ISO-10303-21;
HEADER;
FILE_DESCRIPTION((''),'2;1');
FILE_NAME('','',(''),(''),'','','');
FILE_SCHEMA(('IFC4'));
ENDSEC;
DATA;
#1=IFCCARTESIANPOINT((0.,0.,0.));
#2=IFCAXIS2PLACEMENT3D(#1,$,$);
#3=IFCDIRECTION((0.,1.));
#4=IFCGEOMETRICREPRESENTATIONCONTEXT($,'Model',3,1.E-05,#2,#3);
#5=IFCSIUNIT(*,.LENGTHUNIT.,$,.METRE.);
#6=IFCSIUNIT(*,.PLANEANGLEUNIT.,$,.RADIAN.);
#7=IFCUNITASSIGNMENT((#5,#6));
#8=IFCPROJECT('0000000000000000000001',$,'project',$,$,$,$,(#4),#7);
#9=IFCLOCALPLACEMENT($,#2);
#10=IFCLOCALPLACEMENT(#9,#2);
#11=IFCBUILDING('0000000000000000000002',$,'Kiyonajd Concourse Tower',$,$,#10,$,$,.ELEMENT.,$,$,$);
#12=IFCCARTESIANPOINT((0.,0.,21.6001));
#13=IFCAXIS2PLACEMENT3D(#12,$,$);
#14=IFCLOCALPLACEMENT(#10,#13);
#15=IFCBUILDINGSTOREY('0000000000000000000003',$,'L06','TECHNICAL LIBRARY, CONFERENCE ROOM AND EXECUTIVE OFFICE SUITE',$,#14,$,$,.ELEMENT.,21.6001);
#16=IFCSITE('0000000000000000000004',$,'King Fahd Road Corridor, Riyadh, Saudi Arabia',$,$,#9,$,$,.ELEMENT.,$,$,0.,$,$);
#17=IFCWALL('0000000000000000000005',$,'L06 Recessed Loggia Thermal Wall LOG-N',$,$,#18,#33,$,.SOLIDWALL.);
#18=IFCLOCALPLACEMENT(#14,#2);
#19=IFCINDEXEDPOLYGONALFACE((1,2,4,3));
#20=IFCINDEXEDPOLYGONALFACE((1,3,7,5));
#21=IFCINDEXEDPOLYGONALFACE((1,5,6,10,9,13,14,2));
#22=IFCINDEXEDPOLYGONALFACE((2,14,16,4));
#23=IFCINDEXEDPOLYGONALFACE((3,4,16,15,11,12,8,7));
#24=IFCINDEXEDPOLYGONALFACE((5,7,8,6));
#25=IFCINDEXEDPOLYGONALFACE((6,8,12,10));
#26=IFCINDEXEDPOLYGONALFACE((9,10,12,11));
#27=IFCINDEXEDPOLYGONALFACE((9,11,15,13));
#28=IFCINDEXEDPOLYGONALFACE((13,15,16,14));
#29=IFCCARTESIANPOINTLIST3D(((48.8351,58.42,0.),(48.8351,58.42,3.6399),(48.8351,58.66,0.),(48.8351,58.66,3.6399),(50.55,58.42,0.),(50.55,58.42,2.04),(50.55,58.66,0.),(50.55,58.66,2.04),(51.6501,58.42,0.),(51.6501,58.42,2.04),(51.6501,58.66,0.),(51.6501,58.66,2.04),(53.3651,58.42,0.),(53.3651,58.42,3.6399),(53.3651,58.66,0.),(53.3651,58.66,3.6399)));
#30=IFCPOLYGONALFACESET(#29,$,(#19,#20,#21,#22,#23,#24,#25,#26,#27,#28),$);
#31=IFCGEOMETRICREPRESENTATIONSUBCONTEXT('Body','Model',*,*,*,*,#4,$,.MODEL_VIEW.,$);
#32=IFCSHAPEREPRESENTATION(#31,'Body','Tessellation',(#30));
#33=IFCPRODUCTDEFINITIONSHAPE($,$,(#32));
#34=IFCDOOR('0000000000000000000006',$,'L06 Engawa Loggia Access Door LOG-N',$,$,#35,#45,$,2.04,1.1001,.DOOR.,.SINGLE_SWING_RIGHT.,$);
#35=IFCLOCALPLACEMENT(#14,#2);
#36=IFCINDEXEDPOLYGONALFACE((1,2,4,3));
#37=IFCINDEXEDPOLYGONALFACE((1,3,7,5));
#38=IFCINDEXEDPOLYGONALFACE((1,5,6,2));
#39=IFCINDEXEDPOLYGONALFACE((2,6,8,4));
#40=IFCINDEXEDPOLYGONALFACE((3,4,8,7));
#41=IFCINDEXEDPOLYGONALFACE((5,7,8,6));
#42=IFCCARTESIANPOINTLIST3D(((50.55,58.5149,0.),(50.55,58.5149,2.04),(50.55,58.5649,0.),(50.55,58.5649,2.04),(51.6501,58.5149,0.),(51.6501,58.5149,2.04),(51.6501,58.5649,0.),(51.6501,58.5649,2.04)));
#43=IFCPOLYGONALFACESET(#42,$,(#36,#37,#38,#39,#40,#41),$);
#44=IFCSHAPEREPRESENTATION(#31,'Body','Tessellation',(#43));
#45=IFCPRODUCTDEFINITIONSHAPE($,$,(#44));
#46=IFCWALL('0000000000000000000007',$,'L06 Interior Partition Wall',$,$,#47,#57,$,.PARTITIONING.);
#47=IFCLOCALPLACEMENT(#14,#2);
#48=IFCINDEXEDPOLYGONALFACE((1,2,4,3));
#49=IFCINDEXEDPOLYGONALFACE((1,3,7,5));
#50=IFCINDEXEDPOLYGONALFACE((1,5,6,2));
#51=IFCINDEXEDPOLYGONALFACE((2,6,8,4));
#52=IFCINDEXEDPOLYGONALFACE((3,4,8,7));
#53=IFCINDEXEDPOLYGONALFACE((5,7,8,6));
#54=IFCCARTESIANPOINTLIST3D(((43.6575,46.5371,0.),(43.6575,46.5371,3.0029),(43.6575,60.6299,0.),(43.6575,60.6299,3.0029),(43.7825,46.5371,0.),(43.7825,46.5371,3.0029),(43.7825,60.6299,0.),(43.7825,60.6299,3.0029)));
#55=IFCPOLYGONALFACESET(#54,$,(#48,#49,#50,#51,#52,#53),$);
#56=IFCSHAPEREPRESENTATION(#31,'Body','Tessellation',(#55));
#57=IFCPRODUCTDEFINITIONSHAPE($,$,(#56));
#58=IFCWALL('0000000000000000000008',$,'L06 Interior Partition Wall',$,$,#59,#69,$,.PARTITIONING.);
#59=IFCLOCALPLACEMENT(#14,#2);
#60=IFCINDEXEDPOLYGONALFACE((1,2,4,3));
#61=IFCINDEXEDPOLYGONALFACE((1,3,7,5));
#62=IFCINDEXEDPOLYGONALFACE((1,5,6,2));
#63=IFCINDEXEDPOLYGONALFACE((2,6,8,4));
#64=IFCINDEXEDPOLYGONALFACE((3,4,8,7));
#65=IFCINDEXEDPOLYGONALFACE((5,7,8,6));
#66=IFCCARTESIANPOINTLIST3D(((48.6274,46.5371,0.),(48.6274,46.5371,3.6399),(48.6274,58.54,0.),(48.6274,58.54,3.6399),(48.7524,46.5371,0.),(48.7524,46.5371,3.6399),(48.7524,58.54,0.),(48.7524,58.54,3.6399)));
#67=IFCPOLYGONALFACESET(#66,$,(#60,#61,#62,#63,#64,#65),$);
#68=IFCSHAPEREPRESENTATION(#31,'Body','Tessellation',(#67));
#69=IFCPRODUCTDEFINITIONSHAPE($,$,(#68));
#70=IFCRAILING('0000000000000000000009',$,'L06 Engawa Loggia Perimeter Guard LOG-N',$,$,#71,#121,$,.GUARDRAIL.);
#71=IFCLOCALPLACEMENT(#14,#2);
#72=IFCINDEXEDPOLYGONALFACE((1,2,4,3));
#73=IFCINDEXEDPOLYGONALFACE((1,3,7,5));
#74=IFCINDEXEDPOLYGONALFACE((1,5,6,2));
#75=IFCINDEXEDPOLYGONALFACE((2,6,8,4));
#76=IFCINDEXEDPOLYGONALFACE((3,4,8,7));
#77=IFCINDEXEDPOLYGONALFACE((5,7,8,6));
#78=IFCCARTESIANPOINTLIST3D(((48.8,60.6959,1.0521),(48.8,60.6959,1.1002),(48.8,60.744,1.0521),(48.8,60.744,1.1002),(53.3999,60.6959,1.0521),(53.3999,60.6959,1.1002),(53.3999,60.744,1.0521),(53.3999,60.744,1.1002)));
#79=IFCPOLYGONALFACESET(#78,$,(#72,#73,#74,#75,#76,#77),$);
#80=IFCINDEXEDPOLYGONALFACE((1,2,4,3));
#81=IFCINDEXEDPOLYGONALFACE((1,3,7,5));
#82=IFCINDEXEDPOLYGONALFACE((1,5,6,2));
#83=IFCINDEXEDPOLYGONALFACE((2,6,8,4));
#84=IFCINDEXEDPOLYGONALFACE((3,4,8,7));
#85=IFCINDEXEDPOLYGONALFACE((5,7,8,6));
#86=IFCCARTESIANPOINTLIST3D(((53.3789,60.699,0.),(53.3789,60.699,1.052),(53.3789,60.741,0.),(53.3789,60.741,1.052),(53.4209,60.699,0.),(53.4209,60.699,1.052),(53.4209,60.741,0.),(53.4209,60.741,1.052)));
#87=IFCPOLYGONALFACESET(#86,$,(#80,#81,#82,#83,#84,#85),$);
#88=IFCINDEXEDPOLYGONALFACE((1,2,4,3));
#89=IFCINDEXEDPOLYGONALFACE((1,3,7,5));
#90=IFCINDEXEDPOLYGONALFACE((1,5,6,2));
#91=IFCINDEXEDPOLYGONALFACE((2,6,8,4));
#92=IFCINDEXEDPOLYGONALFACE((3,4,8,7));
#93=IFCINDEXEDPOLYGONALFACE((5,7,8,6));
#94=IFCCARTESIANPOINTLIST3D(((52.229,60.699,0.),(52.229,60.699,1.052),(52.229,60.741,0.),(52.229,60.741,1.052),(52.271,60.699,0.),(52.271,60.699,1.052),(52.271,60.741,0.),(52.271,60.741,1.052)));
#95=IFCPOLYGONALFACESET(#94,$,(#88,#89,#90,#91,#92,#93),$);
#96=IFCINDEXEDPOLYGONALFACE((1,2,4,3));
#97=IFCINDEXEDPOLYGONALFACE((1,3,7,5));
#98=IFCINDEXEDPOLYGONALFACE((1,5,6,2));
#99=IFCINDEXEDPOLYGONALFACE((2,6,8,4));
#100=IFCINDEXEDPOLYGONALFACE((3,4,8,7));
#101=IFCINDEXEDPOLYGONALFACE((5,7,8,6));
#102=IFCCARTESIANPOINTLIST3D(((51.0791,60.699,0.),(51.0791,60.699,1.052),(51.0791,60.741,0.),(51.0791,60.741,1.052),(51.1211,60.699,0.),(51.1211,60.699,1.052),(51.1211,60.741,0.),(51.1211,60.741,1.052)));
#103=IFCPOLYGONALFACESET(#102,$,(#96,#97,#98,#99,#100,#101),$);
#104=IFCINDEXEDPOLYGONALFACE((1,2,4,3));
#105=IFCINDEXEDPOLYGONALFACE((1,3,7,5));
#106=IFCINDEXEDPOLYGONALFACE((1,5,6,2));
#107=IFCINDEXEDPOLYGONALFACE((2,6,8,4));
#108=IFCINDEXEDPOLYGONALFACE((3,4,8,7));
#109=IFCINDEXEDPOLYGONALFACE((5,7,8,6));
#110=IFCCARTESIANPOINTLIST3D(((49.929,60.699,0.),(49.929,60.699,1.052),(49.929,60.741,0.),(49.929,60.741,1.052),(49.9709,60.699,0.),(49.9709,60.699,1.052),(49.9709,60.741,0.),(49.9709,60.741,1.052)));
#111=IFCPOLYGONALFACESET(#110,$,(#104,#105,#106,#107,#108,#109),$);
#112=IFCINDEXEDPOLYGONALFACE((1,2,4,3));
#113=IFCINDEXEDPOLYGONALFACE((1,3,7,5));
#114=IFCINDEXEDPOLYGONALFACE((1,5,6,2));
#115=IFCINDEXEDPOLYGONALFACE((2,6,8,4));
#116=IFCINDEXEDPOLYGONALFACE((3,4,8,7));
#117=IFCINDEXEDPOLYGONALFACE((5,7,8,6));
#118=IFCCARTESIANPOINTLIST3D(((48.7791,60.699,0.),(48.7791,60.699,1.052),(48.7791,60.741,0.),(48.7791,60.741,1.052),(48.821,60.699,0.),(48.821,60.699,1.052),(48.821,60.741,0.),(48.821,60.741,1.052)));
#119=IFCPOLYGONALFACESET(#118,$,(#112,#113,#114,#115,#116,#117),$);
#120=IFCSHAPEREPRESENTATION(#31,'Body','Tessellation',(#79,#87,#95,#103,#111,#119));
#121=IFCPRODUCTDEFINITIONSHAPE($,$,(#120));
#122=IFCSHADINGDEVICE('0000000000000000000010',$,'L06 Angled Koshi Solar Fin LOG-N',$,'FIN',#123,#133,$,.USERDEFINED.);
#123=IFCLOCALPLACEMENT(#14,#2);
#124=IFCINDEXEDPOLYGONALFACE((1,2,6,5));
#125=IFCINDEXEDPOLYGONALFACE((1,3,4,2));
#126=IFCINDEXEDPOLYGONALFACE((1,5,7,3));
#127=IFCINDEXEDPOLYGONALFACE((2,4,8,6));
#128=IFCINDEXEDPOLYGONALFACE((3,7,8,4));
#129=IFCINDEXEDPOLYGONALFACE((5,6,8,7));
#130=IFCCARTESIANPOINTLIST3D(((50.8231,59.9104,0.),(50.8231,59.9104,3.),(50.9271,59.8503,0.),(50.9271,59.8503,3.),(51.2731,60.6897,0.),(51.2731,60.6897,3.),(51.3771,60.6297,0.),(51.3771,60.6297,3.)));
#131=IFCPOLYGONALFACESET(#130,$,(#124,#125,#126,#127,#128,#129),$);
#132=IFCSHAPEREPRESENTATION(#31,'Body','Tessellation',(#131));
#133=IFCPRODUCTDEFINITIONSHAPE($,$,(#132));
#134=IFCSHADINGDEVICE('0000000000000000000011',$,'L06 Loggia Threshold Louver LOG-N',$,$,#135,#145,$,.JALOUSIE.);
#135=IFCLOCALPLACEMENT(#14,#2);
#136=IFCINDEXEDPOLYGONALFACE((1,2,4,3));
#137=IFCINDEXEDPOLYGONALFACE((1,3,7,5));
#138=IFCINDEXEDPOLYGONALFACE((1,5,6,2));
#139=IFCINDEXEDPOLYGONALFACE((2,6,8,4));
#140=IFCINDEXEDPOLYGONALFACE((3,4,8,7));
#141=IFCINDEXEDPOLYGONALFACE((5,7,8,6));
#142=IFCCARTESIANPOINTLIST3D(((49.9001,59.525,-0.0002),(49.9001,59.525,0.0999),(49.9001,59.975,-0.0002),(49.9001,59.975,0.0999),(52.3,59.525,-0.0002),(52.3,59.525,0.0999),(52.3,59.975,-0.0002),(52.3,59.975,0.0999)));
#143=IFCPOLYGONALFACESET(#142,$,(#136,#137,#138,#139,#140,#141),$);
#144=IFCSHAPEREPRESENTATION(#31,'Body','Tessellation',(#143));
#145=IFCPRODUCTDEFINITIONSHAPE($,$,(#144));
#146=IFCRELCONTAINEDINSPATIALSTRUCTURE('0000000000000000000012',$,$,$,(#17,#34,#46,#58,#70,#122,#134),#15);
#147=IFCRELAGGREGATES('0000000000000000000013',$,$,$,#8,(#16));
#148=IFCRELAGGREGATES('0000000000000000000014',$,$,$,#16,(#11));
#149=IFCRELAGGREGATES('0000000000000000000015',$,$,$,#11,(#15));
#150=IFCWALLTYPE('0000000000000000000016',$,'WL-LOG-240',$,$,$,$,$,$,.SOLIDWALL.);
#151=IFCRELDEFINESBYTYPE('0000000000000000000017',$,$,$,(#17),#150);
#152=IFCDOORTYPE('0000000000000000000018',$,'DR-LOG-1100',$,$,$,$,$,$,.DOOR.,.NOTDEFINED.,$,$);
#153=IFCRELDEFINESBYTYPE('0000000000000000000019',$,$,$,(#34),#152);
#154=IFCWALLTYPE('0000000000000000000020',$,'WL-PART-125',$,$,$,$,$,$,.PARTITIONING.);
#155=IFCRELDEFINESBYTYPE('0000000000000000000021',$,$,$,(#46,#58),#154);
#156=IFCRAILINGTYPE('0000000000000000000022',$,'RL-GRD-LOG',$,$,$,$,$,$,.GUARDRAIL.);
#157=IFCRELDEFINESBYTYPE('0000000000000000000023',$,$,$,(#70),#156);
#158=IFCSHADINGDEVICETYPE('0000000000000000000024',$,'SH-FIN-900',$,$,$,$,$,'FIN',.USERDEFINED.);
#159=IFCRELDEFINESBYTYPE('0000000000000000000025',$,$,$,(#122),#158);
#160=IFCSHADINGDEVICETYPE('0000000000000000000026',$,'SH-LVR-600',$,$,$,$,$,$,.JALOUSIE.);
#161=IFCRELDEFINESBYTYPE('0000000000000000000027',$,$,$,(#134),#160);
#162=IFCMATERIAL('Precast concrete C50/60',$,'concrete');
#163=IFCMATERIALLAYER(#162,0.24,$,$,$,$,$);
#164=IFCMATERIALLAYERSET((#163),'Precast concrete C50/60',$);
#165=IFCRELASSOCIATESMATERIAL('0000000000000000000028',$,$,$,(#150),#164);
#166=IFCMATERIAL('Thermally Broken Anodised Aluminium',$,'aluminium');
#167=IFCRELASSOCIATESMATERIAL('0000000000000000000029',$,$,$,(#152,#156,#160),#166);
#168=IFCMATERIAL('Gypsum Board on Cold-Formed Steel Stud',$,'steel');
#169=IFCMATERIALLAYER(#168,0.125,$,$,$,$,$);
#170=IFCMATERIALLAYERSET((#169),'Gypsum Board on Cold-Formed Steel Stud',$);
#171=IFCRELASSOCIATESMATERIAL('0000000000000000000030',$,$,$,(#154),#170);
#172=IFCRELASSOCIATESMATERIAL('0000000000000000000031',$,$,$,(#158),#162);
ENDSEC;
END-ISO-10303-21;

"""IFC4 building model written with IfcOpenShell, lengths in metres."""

from ifc_helpers import new_model, si_unit, direction, frame, frame_2d, origin, origin_2d, place, context, subcontext, project, spatial, rectangle, extrude, material, layer, layer_set, type_object, element, fill, save


model = new_model("IFC4")

# Units and contexts
model_context = context("Model", 3, precision=1e-05, world=origin(), true_north=direction((0.0, 1.0)))
body_context = subcontext(model_context, "Body", "Model", "MODEL_VIEW")
ifc_project = project(units=[si_unit("LENGTHUNIT", "METRE"), si_unit("PLANEANGLEUNIT", "RADIAN")], contexts=[model_context])

# Site, building, storey
site_placement = place(None, origin())
site = spatial("IfcSite", under=ifc_project, at=site_placement, Name="King Fahd Road Corridor, Riyadh, Saudi Arabia", CompositionType="ELEMENT", RefElevation=0.0)
building_placement = place(site_placement, origin())
building = spatial("IfcBuilding", under=site, at=building_placement, Name="Kiyonajd Concourse Tower", CompositionType="ELEMENT")
storey_placement = place(building_placement, frame((0.0, 0.0, 21.6001)))
storey = spatial("IfcBuildingStorey", under=building, at=storey_placement, Name="L06", Description="TECHNICAL LIBRARY, CONFERENCE ROOM AND EXECUTIVE OFFICE SUITE", CompositionType="ELEMENT", Elevation=21.6001)

# Shared definitions
ifc_material_1 = material(Name="Precast concrete C50/60", Category="concrete")

# Shared definitions
ifc_material_2 = material(Name="Thermally Broken Anodised Aluminium", Category="aluminium")

# Wall, opening, door
ifc_layer_1 = layer(ifc_material_1, 0.24)
ifc_layer_set_1 = layer_set([ifc_layer_1], Name="Precast concrete C50/60")
wall_type_1 = type_object("IfcWallType", Name="WL-LOG-240", PredefinedType="SOLIDWALL", material=ifc_layer_set_1)
wall_1_placement = place(storey_placement, frame((48.835, 58.54, 0.0), z_axis=(0.0, 0.0, 1.0), x_axis=(1.0, 0.0, 0.0)))
wall_1 = element("IfcWall", 1, at=wall_1_placement, inside=storey, type_object=wall_type_1, Name="L06 Recessed Loggia Thermal Wall LOG-N", PredefinedType="SOLIDWALL", context=body_context, shape_type="SweptSolid", body=[
    extrude(rectangle(XDim=4.53, YDim=0.24, at=frame_2d((2.2651, 0.0))), origin(), (0.0, 0.0, 1.0), 3.6399),
])
opening_1_placement = place(wall_1_placement, frame((1.7151, 0.0, 0.0)))
opening_1 = element("IfcOpeningElement", 2, at=opening_1_placement, cuts=wall_1, PredefinedType="OPENING", context=body_context, shape_type="SweptSolid", body=[
    extrude(rectangle(XDim=1.1001, YDim=2.04, at=frame_2d((0.55, 1.02))), frame((0.0, 0.1299, 0.0), z_axis=(0.0, -1.0, 0.0), x_axis=(1.0, 0.0, 0.0)), (0.0, 0.0, 1.0), 0.26),
])
door_type = type_object("IfcDoorType", Name="DR-LOG-1100", OperationType="NOTDEFINED", PredefinedType="DOOR", material=ifc_material_2)
door_placement = place(opening_1_placement, origin())
door = element("IfcDoor", 3, at=door_placement, inside=storey, type_object=door_type, Name="L06 Engawa Loggia Access Door LOG-N", OperationType="SINGLE_SWING_RIGHT", OverallHeight=2.04, OverallWidth=1.1001, PredefinedType="DOOR", context=body_context, shape_type="SweptSolid", body=[
    extrude(rectangle(XDim=1.1001, YDim=2.04, at=frame_2d((0.55, 1.02))), frame((0.0, 0.0249, 0.0), z_axis=(0.0, -1.0, 0.0), x_axis=(1.0, 0.0, 0.0)), (0.0, 0.0, 1.0), 0.05),
])
fill(opening_1, door)

# Walls
ifc_material_3 = material(Name="Gypsum Board on Cold-Formed Steel Stud", Category="steel")
ifc_layer_2 = layer(ifc_material_3, 0.125)
ifc_layer_set_2 = layer_set([ifc_layer_2], Name="Gypsum Board on Cold-Formed Steel Stud")
wall_type_2 = type_object("IfcWallType", Name="WL-PART-125", PredefinedType="PARTITIONING", material=ifc_layer_set_2)
wall_2_placement = place(storey_placement, frame((43.72, 46.5371, 0.0), z_axis=(0.0, 0.0, 1.0), x_axis=(0.0, 1.0, 0.0)))
element("IfcWall", 4, at=wall_2_placement, inside=storey, type_object=wall_type_2, Name="L06 Interior Partition Wall", PredefinedType="PARTITIONING", context=body_context, shape_type="SweptSolid", body=[
    extrude(rectangle(XDim=14.0928, YDim=0.125, at=frame_2d((7.0464, 0.0))), origin(), (0.0, 0.0, 1.0), 3.0029),
])
wall_3_placement = place(storey_placement, frame((48.6899, 46.5371, 0.0), z_axis=(0.0, 0.0, 1.0), x_axis=(0.0, 1.0, 0.0)))
element("IfcWall", 5, at=wall_3_placement, inside=storey, type_object=wall_type_2, Name="L06 Interior Partition Wall", PredefinedType="PARTITIONING", context=body_context, shape_type="SweptSolid", body=[
    extrude(rectangle(XDim=12.0029, YDim=0.125, at=frame_2d((6.0015, 0.0))), origin(), (0.0, 0.0, 1.0), 3.6399),
])

# Railing
railing_type = type_object("IfcRailingType", Name="RL-GRD-LOG", PredefinedType="GUARDRAIL", material=ifc_material_2)
railing_placement = place(storey_placement, frame((53.3999, 60.72, 0.0)))
element("IfcRailing", 6, at=railing_placement, inside=storey, type_object=railing_type, Name="L06 Engawa Loggia Perimeter Guard LOG-N", PredefinedType="GUARDRAIL", context=body_context, shape_type="SweptSolid", body=[
    extrude(rectangle(XDim=0.0481, YDim=0.0481, at=origin_2d()), frame((0.0, 0.0, 1.0762), z_axis=(-1.0, 0.0, 0.0), x_axis=(0.0, -1.0, 0.0)), (0.0, 0.0, 1.0), 4.5999),
    extrude(rectangle(XDim=0.042, YDim=0.042, at=origin_2d()), origin(), (0.0, 0.0, 1.0), 1.052),
    extrude(rectangle(XDim=0.042, YDim=0.042, at=origin_2d()), frame((-1.1499, 0.0, 0.0)), (0.0, 0.0, 1.0), 1.052),
    extrude(rectangle(XDim=0.042, YDim=0.042, at=origin_2d()), frame((-2.2998, 0.0, 0.0)), (0.0, 0.0, 1.0), 1.052),
    extrude(rectangle(XDim=0.042, YDim=0.042, at=origin_2d()), frame((-3.45, 0.0, 0.0)), (0.0, 0.0, 1.0), 1.052),
    extrude(rectangle(XDim=0.042, YDim=0.042, at=origin_2d()), frame((-4.5999, 0.0, 0.0)), (0.0, 0.0, 1.0), 1.052),
])

# Shading devices
shading_device_type_1 = type_object("IfcShadingDeviceType", Name="SH-FIN-900", ElementType="FIN", PredefinedType="USERDEFINED", material=ifc_material_1)
shading_device_1_placement = place(storey_placement, frame((51.1001, 60.27, 0.0), z_axis=(0.0, 0.0, 1.0), x_axis=(0.5, 0.866025, 0.0)))
element("IfcShadingDevice", 7, at=shading_device_1_placement, inside=storey, type_object=shading_device_type_1, Name="L06 Angled Koshi Solar Fin LOG-N", ObjectType="FIN", PredefinedType="USERDEFINED", context=body_context, shape_type="SweptSolid", body=[
    extrude(rectangle(XDim=0.8999, YDim=0.1201, at=origin_2d()), origin(), (0.0, 0.0, 1.0), 3.0),
])
shading_device_type_2 = type_object("IfcShadingDeviceType", Name="SH-LVR-600", PredefinedType="JALOUSIE", material=ifc_material_2)
shading_device_2_placement = place(storey_placement, frame((51.1001, 59.75, -0.0002), z_axis=(0.0, 0.0, 1.0), x_axis=(1.0, 0.0, 0.0)))
element("IfcShadingDevice", 8, at=shading_device_2_placement, inside=storey, type_object=shading_device_type_2, Name="L06 Loggia Threshold Louver LOG-N", PredefinedType="JALOUSIE", context=body_context, shape_type="SweptSolid", body=[
    extrude(rectangle(XDim=2.3999, YDim=0.45, at=origin_2d()), origin(), (0.0, 0.0, 1.0), 0.1001),
])

save(model, "model.ifc")
